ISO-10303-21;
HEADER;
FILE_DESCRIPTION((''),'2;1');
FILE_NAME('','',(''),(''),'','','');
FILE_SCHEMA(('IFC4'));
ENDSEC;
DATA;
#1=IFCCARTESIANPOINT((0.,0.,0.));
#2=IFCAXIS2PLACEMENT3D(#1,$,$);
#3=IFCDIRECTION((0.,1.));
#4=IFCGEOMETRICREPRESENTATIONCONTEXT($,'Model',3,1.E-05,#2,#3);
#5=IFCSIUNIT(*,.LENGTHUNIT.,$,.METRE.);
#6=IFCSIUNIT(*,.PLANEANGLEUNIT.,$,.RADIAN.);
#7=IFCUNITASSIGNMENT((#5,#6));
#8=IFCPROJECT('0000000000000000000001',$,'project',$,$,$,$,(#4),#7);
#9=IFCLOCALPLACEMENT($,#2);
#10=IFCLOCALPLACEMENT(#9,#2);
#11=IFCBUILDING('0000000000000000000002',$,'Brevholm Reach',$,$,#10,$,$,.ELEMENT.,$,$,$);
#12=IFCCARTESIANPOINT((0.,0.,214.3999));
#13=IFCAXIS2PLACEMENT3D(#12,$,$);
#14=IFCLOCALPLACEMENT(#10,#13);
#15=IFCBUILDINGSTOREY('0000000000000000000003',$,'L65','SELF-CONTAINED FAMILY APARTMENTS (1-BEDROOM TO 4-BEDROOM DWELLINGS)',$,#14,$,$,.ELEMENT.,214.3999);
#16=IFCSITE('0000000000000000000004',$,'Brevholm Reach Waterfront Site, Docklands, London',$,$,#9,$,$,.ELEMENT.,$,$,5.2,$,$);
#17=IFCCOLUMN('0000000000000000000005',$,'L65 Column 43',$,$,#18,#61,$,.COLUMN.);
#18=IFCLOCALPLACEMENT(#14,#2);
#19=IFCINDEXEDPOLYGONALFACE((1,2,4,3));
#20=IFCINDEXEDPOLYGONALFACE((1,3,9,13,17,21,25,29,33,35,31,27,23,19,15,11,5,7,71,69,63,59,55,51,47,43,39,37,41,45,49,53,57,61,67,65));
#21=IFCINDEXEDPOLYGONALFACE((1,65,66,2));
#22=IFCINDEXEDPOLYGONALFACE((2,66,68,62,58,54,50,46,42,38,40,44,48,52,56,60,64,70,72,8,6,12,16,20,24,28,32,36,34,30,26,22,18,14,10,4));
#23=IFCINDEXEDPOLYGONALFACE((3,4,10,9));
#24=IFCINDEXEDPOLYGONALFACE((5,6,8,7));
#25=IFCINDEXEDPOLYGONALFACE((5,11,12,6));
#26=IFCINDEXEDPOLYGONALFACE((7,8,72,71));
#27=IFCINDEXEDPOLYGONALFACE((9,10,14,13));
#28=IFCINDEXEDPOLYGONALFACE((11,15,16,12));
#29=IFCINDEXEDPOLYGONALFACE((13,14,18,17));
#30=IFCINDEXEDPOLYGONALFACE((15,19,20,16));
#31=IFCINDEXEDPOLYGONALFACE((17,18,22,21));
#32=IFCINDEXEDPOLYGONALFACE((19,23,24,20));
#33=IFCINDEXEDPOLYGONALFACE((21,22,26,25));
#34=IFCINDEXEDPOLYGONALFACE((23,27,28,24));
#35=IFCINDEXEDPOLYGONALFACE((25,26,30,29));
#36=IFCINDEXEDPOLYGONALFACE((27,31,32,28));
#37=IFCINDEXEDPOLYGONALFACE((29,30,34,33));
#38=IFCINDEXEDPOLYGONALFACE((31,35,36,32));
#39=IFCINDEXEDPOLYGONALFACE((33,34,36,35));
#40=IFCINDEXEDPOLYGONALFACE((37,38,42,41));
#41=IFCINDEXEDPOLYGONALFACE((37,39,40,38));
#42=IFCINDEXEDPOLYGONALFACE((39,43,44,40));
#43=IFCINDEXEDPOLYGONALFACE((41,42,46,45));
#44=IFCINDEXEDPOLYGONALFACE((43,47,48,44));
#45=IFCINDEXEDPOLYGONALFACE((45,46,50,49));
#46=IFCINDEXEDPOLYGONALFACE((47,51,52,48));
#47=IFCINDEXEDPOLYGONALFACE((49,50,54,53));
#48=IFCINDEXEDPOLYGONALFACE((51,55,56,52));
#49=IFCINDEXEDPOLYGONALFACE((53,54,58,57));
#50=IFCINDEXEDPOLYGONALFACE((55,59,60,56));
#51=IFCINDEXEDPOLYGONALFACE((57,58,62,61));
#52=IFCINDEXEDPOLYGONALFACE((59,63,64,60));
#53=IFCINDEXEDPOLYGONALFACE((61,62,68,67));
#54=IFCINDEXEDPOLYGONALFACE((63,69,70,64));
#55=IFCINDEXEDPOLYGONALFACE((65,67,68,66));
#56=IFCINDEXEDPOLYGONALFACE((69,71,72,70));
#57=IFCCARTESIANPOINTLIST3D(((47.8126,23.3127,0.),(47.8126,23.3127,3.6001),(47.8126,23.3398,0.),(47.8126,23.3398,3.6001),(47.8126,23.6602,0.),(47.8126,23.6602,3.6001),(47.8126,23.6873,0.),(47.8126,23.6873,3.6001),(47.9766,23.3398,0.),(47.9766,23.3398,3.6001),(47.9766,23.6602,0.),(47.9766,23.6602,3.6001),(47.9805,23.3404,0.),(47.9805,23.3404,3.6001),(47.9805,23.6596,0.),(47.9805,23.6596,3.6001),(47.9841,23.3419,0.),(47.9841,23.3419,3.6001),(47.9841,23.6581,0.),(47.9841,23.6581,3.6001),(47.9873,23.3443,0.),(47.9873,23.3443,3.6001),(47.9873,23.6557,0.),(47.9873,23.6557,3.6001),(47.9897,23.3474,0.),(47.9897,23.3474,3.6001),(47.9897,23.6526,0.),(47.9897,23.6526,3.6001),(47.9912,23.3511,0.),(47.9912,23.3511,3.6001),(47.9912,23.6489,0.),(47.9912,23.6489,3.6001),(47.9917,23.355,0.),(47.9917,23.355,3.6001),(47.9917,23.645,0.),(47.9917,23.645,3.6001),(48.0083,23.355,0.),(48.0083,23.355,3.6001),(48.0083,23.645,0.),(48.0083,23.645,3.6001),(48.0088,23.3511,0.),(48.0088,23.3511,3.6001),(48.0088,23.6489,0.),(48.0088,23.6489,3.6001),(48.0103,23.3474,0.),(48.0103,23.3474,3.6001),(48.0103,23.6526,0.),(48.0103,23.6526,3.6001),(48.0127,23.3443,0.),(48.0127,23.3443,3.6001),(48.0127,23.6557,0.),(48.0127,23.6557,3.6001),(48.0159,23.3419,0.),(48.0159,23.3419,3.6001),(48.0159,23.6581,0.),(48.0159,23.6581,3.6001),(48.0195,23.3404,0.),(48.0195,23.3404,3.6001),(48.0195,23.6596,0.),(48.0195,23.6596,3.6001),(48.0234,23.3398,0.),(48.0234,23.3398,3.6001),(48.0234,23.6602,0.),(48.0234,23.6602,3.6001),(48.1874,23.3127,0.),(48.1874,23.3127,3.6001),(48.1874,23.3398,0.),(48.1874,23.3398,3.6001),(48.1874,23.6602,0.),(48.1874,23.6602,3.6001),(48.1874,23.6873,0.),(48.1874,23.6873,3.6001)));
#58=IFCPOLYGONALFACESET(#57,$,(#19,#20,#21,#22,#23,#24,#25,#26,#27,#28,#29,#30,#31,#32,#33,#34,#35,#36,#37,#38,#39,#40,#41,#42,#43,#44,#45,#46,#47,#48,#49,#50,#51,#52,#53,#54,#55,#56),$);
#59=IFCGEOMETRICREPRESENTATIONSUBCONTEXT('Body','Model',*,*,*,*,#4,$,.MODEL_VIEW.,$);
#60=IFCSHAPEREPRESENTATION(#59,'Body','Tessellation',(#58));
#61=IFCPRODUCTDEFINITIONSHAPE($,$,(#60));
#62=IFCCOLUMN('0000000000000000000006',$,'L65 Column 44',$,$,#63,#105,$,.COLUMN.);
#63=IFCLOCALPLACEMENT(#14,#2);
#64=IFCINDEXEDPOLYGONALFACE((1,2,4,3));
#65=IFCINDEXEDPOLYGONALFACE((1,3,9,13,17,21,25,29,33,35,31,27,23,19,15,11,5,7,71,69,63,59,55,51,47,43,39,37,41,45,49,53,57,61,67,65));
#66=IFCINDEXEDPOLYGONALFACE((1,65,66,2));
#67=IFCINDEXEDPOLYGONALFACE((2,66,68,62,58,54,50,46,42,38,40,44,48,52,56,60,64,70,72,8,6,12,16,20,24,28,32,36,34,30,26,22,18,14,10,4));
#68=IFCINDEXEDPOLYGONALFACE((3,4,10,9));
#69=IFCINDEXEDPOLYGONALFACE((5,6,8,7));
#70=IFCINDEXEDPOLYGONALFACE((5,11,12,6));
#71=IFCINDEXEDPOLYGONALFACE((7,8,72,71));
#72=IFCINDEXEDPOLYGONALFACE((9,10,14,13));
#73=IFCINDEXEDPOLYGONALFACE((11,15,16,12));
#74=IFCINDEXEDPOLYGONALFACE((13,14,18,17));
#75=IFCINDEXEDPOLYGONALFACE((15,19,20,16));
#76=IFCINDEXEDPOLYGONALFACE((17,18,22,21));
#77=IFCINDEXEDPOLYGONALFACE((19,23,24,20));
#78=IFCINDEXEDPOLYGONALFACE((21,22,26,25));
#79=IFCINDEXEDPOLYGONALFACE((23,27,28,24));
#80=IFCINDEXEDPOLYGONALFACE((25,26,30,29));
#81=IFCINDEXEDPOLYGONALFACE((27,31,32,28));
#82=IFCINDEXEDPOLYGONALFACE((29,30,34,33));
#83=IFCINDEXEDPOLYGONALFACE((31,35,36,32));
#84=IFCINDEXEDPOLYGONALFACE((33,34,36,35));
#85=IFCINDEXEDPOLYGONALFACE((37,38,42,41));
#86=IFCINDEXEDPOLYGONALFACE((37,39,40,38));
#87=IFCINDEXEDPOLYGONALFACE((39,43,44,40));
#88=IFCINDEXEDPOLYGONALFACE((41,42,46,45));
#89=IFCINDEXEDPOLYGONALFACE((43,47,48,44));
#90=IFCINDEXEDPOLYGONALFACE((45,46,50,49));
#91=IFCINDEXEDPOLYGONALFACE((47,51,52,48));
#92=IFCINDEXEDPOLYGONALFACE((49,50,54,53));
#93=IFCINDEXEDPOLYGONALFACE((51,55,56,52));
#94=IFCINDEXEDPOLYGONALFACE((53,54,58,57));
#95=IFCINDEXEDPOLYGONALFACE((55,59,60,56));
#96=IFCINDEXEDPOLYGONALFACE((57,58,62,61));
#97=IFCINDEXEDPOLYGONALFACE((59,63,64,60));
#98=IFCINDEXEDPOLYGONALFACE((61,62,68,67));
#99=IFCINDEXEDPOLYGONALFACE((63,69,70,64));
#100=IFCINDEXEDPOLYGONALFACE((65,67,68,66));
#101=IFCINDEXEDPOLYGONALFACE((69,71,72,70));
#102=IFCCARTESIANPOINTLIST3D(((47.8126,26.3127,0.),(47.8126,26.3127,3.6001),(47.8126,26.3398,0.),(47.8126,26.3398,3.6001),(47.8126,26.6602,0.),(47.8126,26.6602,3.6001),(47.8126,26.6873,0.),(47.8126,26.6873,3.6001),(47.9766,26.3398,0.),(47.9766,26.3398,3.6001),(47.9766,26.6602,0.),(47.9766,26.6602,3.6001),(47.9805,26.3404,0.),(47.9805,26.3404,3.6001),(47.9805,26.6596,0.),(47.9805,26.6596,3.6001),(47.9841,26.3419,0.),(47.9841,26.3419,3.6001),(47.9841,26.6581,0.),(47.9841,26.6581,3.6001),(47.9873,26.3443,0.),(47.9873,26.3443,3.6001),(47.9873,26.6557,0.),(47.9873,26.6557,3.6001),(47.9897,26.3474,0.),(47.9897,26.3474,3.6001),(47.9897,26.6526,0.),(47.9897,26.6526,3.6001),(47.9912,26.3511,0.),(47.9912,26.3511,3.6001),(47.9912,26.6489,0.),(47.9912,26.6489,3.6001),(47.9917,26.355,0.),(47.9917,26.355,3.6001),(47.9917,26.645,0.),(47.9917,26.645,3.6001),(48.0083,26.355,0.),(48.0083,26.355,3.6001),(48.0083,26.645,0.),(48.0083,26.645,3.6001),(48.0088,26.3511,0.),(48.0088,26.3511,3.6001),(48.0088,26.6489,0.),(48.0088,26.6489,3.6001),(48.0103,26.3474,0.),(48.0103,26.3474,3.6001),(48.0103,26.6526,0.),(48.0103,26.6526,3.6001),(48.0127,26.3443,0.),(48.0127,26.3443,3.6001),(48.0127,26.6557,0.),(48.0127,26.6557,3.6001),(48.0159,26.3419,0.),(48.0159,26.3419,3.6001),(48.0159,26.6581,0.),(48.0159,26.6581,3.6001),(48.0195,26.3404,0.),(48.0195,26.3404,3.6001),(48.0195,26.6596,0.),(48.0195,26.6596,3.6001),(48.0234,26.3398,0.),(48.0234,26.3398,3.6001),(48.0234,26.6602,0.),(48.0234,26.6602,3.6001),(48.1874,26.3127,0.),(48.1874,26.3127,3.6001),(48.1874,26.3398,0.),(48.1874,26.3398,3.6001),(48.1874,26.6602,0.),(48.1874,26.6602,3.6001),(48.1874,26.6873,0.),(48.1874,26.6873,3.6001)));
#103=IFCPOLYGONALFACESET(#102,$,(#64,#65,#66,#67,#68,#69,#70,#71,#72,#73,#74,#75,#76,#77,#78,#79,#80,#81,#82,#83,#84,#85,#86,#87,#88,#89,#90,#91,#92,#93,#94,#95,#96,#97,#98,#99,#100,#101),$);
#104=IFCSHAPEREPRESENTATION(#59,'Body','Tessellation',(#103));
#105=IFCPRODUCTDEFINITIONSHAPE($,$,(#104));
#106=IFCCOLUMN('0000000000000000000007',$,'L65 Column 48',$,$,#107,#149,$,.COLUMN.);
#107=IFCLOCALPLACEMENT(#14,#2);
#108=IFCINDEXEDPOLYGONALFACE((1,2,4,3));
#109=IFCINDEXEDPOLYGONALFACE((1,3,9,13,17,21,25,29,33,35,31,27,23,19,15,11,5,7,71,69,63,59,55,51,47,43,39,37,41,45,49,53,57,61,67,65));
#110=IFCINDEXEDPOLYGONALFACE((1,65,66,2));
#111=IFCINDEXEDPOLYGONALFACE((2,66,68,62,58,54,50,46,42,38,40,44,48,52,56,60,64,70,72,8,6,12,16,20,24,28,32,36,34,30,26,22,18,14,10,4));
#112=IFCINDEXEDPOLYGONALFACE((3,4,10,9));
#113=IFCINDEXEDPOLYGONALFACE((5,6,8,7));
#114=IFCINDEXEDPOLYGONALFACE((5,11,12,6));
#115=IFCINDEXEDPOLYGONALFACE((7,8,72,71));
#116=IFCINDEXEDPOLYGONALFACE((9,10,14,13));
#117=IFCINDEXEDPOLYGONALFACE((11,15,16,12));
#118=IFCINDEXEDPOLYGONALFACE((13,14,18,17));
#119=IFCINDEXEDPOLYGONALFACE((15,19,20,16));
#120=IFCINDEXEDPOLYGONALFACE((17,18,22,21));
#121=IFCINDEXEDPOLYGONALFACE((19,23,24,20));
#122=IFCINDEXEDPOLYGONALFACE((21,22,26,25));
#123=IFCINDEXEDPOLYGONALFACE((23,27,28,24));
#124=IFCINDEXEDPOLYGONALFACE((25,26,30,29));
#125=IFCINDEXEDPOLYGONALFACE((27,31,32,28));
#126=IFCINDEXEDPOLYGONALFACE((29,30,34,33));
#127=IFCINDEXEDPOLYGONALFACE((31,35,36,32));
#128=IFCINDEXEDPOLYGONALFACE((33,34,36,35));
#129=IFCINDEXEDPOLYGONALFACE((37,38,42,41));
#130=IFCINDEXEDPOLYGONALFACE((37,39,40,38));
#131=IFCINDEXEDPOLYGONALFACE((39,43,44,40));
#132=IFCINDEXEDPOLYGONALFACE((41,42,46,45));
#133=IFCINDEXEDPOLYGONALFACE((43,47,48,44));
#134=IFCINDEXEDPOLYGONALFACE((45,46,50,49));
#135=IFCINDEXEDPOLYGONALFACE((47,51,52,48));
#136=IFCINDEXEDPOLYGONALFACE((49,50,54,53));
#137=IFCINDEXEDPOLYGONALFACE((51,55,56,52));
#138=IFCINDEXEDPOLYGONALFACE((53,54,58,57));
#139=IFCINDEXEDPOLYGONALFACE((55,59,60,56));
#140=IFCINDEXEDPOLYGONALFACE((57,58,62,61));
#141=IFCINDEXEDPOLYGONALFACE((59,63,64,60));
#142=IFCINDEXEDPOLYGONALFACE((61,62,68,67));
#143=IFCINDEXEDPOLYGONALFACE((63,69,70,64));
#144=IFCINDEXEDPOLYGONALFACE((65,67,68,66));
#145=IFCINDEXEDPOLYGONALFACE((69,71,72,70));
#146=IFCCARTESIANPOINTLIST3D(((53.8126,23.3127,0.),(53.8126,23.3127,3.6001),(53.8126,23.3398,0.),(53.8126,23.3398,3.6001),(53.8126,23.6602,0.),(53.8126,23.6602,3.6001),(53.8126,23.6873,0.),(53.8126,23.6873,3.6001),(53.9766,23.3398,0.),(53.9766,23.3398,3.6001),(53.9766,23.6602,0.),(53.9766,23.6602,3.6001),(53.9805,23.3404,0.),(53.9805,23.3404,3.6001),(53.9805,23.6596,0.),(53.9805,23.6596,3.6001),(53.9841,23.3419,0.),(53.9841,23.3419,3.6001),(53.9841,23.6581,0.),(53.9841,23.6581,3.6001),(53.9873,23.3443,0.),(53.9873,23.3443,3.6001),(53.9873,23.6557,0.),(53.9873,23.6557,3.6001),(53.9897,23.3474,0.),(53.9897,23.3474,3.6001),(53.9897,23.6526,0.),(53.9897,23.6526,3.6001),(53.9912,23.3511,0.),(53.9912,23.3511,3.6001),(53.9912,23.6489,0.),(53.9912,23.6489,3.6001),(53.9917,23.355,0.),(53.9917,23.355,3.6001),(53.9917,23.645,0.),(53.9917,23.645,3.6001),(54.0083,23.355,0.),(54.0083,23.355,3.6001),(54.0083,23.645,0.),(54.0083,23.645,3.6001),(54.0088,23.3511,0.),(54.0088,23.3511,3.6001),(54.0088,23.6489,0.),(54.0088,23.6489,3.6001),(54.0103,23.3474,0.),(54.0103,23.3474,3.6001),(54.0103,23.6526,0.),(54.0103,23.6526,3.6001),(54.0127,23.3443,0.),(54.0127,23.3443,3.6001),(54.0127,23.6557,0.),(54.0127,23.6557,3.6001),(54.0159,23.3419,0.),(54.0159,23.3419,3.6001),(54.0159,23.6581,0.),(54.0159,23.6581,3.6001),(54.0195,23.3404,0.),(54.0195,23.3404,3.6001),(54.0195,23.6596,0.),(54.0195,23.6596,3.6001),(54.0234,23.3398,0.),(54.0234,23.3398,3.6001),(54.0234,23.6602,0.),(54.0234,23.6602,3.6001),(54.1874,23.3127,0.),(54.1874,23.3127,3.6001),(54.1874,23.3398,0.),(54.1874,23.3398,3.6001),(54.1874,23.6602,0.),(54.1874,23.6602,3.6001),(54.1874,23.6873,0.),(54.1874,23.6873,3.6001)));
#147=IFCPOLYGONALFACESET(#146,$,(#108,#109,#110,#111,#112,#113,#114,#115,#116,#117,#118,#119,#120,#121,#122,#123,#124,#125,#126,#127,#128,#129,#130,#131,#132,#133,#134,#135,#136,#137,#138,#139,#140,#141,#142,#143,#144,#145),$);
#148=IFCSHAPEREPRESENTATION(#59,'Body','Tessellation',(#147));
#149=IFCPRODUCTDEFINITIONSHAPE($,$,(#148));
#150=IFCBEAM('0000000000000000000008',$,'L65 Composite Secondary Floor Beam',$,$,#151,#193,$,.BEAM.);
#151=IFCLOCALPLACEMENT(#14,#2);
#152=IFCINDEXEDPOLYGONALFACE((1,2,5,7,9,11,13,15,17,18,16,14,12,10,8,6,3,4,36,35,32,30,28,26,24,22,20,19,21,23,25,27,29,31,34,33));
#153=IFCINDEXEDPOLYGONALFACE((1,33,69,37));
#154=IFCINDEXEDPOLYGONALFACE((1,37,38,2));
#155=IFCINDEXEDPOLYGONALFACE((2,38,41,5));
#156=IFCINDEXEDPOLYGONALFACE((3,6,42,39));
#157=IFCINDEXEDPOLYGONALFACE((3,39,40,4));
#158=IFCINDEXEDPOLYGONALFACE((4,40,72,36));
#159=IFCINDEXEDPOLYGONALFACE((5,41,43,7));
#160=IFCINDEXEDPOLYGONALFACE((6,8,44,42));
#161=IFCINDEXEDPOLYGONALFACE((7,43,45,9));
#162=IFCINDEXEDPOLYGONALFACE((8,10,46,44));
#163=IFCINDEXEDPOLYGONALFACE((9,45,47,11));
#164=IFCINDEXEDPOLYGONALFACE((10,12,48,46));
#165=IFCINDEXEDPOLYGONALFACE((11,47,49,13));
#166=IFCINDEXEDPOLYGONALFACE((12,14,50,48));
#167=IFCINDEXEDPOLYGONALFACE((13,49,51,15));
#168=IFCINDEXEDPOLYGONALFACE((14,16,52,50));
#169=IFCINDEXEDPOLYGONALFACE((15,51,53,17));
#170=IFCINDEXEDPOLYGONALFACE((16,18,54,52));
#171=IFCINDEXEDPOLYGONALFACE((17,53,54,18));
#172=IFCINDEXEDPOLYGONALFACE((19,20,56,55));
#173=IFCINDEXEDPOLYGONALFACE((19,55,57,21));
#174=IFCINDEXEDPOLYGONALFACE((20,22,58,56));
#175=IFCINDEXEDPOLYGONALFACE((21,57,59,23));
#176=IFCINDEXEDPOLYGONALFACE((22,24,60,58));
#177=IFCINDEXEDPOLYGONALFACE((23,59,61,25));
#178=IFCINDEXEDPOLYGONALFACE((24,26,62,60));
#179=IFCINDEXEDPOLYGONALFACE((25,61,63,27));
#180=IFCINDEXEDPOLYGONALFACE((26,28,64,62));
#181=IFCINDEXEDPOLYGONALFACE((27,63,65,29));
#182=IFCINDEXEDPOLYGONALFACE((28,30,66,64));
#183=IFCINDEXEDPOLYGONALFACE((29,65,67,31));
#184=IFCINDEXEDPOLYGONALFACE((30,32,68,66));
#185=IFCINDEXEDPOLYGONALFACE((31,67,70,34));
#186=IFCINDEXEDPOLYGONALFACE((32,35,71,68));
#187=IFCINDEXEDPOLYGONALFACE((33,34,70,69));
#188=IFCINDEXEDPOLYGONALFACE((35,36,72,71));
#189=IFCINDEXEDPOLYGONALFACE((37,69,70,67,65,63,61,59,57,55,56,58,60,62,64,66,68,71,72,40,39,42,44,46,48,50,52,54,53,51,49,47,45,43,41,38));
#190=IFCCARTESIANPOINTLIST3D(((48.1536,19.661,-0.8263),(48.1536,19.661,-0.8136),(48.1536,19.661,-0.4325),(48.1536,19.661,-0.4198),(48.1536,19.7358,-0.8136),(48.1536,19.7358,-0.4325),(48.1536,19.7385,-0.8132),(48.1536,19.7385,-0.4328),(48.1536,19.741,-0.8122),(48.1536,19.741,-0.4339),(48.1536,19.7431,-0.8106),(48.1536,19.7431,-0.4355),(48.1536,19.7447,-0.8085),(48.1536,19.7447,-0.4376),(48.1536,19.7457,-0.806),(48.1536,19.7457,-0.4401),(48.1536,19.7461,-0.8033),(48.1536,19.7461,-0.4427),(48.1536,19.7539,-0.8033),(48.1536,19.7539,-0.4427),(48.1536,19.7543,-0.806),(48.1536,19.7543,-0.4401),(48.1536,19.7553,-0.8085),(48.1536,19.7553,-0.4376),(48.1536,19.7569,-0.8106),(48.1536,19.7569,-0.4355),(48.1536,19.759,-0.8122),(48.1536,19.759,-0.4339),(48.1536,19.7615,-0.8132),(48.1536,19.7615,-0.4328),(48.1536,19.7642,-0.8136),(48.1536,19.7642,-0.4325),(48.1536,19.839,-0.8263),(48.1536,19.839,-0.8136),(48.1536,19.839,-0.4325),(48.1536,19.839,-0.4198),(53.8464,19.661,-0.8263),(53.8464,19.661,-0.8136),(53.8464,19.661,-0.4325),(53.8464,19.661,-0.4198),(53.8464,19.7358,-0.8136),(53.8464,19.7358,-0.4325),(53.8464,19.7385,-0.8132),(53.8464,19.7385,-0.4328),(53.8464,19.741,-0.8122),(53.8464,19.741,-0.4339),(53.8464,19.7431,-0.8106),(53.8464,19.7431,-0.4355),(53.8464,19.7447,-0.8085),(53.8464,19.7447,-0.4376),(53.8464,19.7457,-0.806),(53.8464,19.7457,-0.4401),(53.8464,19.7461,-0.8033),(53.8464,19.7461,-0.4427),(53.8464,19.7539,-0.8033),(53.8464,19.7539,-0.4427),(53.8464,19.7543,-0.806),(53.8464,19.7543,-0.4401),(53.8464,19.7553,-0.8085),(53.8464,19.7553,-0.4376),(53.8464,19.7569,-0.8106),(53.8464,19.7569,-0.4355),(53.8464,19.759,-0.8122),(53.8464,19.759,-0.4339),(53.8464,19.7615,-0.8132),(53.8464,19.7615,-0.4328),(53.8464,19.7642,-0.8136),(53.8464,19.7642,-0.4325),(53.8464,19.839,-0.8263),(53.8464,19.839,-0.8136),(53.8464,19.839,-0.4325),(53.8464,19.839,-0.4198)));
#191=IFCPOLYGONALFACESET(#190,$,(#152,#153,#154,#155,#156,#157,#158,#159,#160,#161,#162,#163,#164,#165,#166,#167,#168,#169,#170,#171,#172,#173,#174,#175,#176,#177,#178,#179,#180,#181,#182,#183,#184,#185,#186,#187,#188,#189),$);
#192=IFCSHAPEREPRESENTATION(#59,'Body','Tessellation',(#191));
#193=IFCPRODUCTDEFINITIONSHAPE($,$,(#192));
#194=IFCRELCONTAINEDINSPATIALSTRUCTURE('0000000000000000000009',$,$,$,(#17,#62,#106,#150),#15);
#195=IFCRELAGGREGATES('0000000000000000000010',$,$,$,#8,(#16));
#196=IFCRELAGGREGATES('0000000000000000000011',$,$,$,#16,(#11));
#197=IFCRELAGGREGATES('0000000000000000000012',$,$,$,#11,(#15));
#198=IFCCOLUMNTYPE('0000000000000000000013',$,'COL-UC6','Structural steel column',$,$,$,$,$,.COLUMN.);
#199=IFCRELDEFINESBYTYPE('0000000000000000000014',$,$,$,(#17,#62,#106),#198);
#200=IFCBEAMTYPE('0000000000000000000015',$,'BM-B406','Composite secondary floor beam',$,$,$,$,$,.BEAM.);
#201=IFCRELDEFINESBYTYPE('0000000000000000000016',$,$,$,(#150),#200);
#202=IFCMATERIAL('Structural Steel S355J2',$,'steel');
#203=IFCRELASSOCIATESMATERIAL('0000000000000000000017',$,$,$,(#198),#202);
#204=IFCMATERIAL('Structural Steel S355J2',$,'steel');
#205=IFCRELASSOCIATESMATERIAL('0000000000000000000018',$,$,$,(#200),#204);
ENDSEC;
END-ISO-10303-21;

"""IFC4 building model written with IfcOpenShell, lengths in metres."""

from ifc_helpers import new_model, si_unit, direction, frame, origin, origin_2d, place, context, subcontext, project, spatial, i_section, extrude, material, material_profile, profile_set, type_object, element, save


model = new_model("IFC4")

# Units and contexts
model_context = context("Model", 3, precision=1e-05, world=origin(), true_north=direction((0.0, 1.0)))
body_context = subcontext(model_context, "Body", "Model", "MODEL_VIEW")
ifc_project = project(units=[si_unit("LENGTHUNIT", "METRE"), si_unit("PLANEANGLEUNIT", "RADIAN")], contexts=[model_context])

# Site, building, storey
site_placement = place(None, origin())
site = spatial("IfcSite", under=ifc_project, at=site_placement, Name="Brevholm Reach Waterfront Site, Docklands, London", CompositionType="ELEMENT", RefElevation=5.2)
building_placement = place(site_placement, origin())
building = spatial("IfcBuilding", under=site, at=building_placement, Name="Brevholm Reach", CompositionType="ELEMENT")
storey_placement = place(building_placement, frame((0.0, 0.0, 214.3999)))
storey = spatial("IfcBuildingStorey", under=building, at=storey_placement, Name="L65", Description="SELF-CONTAINED FAMILY APARTMENTS (1-BEDROOM TO 4-BEDROOM DWELLINGS)", CompositionType="ELEMENT", Elevation=214.3999)

# Columns
ifc_material_1 = material(Name="Structural Steel S355J2", Category="steel")
ifc_material_profile_1 = material_profile(ifc_material_1, i_section(OverallWidth=0.3748, OverallDepth=0.3745, WebThickness=0.0166, FlangeThickness=0.0271, FilletRadius=0.0151, at=origin_2d()), Name="UKC 356x368x202")
ifc_profile_set_1 = profile_set([ifc_material_profile_1], Name="Structural Steel S355J2")
column_type = type_object("IfcColumnType", Name="COL-UC6", Description="Structural steel column", PredefinedType="COLUMN", material=ifc_profile_set_1)
for number, where, z_axis, x_axis, name in (
    (1, (48.0, 23.5, 0.0), (0.0, 0.0, 1.0), (1.0, 0.0, 0.0), "L65 Column 43"),
    (2, (48.0, 26.5, 0.0), (0.0, 0.0, 1.0), (1.0, 0.0, 0.0), "L65 Column 44"),
    (3, (54.0, 23.5, 0.0), (0.0, 0.0, 1.0), (1.0, 0.0, 0.0), "L65 Column 48"),
):
    element("IfcColumn", number, at=place(storey_placement, frame(where, z_axis=z_axis, x_axis=x_axis)), inside=storey, type_object=column_type, Name=name, PredefinedType="COLUMN", context=body_context, shape_type="SweptSolid", body=[
        extrude(i_section(OverallWidth=0.3748, OverallDepth=0.3745, WebThickness=0.0166, FlangeThickness=0.0271, FilletRadius=0.0151, at=origin_2d()), origin(), (0.0, 0.0, 1.0), 3.6001),
    ])

# Beam
ifc_material_2 = material(Name="Structural Steel S355J2", Category="steel")
ifc_material_profile_2 = material_profile(ifc_material_2, i_section(OverallWidth=0.178, OverallDepth=0.4065, WebThickness=0.0078, FlangeThickness=0.0127, FilletRadius=0.0103, at=origin_2d()), Name="UKB 406x178x60")
ifc_profile_set_2 = profile_set([ifc_material_profile_2], Name="Structural Steel S355J2")
beam_type_1 = type_object("IfcBeamType", Name="BM-B406", Description="Composite secondary floor beam", PredefinedType="BEAM", material=ifc_profile_set_2)
beam_1_placement = place(storey_placement, frame((48.1536, 19.75, -0.623), z_axis=(1.0, 0.0, 0.0), x_axis=(0.0, 1.0, 0.0)))
element("IfcBeam", 4, at=beam_1_placement, inside=storey, type_object=beam_type_1, Name="L65 Composite Secondary Floor Beam", PredefinedType="BEAM", context=body_context, shape_type="SweptSolid", body=[
    extrude(i_section(OverallWidth=0.178, OverallDepth=0.4065, WebThickness=0.0078, FlangeThickness=0.0127, FilletRadius=0.0103, at=origin_2d()), origin(), (0.0, 0.0, 1.0), 5.6929),
])

save(model, "model.ifc")
